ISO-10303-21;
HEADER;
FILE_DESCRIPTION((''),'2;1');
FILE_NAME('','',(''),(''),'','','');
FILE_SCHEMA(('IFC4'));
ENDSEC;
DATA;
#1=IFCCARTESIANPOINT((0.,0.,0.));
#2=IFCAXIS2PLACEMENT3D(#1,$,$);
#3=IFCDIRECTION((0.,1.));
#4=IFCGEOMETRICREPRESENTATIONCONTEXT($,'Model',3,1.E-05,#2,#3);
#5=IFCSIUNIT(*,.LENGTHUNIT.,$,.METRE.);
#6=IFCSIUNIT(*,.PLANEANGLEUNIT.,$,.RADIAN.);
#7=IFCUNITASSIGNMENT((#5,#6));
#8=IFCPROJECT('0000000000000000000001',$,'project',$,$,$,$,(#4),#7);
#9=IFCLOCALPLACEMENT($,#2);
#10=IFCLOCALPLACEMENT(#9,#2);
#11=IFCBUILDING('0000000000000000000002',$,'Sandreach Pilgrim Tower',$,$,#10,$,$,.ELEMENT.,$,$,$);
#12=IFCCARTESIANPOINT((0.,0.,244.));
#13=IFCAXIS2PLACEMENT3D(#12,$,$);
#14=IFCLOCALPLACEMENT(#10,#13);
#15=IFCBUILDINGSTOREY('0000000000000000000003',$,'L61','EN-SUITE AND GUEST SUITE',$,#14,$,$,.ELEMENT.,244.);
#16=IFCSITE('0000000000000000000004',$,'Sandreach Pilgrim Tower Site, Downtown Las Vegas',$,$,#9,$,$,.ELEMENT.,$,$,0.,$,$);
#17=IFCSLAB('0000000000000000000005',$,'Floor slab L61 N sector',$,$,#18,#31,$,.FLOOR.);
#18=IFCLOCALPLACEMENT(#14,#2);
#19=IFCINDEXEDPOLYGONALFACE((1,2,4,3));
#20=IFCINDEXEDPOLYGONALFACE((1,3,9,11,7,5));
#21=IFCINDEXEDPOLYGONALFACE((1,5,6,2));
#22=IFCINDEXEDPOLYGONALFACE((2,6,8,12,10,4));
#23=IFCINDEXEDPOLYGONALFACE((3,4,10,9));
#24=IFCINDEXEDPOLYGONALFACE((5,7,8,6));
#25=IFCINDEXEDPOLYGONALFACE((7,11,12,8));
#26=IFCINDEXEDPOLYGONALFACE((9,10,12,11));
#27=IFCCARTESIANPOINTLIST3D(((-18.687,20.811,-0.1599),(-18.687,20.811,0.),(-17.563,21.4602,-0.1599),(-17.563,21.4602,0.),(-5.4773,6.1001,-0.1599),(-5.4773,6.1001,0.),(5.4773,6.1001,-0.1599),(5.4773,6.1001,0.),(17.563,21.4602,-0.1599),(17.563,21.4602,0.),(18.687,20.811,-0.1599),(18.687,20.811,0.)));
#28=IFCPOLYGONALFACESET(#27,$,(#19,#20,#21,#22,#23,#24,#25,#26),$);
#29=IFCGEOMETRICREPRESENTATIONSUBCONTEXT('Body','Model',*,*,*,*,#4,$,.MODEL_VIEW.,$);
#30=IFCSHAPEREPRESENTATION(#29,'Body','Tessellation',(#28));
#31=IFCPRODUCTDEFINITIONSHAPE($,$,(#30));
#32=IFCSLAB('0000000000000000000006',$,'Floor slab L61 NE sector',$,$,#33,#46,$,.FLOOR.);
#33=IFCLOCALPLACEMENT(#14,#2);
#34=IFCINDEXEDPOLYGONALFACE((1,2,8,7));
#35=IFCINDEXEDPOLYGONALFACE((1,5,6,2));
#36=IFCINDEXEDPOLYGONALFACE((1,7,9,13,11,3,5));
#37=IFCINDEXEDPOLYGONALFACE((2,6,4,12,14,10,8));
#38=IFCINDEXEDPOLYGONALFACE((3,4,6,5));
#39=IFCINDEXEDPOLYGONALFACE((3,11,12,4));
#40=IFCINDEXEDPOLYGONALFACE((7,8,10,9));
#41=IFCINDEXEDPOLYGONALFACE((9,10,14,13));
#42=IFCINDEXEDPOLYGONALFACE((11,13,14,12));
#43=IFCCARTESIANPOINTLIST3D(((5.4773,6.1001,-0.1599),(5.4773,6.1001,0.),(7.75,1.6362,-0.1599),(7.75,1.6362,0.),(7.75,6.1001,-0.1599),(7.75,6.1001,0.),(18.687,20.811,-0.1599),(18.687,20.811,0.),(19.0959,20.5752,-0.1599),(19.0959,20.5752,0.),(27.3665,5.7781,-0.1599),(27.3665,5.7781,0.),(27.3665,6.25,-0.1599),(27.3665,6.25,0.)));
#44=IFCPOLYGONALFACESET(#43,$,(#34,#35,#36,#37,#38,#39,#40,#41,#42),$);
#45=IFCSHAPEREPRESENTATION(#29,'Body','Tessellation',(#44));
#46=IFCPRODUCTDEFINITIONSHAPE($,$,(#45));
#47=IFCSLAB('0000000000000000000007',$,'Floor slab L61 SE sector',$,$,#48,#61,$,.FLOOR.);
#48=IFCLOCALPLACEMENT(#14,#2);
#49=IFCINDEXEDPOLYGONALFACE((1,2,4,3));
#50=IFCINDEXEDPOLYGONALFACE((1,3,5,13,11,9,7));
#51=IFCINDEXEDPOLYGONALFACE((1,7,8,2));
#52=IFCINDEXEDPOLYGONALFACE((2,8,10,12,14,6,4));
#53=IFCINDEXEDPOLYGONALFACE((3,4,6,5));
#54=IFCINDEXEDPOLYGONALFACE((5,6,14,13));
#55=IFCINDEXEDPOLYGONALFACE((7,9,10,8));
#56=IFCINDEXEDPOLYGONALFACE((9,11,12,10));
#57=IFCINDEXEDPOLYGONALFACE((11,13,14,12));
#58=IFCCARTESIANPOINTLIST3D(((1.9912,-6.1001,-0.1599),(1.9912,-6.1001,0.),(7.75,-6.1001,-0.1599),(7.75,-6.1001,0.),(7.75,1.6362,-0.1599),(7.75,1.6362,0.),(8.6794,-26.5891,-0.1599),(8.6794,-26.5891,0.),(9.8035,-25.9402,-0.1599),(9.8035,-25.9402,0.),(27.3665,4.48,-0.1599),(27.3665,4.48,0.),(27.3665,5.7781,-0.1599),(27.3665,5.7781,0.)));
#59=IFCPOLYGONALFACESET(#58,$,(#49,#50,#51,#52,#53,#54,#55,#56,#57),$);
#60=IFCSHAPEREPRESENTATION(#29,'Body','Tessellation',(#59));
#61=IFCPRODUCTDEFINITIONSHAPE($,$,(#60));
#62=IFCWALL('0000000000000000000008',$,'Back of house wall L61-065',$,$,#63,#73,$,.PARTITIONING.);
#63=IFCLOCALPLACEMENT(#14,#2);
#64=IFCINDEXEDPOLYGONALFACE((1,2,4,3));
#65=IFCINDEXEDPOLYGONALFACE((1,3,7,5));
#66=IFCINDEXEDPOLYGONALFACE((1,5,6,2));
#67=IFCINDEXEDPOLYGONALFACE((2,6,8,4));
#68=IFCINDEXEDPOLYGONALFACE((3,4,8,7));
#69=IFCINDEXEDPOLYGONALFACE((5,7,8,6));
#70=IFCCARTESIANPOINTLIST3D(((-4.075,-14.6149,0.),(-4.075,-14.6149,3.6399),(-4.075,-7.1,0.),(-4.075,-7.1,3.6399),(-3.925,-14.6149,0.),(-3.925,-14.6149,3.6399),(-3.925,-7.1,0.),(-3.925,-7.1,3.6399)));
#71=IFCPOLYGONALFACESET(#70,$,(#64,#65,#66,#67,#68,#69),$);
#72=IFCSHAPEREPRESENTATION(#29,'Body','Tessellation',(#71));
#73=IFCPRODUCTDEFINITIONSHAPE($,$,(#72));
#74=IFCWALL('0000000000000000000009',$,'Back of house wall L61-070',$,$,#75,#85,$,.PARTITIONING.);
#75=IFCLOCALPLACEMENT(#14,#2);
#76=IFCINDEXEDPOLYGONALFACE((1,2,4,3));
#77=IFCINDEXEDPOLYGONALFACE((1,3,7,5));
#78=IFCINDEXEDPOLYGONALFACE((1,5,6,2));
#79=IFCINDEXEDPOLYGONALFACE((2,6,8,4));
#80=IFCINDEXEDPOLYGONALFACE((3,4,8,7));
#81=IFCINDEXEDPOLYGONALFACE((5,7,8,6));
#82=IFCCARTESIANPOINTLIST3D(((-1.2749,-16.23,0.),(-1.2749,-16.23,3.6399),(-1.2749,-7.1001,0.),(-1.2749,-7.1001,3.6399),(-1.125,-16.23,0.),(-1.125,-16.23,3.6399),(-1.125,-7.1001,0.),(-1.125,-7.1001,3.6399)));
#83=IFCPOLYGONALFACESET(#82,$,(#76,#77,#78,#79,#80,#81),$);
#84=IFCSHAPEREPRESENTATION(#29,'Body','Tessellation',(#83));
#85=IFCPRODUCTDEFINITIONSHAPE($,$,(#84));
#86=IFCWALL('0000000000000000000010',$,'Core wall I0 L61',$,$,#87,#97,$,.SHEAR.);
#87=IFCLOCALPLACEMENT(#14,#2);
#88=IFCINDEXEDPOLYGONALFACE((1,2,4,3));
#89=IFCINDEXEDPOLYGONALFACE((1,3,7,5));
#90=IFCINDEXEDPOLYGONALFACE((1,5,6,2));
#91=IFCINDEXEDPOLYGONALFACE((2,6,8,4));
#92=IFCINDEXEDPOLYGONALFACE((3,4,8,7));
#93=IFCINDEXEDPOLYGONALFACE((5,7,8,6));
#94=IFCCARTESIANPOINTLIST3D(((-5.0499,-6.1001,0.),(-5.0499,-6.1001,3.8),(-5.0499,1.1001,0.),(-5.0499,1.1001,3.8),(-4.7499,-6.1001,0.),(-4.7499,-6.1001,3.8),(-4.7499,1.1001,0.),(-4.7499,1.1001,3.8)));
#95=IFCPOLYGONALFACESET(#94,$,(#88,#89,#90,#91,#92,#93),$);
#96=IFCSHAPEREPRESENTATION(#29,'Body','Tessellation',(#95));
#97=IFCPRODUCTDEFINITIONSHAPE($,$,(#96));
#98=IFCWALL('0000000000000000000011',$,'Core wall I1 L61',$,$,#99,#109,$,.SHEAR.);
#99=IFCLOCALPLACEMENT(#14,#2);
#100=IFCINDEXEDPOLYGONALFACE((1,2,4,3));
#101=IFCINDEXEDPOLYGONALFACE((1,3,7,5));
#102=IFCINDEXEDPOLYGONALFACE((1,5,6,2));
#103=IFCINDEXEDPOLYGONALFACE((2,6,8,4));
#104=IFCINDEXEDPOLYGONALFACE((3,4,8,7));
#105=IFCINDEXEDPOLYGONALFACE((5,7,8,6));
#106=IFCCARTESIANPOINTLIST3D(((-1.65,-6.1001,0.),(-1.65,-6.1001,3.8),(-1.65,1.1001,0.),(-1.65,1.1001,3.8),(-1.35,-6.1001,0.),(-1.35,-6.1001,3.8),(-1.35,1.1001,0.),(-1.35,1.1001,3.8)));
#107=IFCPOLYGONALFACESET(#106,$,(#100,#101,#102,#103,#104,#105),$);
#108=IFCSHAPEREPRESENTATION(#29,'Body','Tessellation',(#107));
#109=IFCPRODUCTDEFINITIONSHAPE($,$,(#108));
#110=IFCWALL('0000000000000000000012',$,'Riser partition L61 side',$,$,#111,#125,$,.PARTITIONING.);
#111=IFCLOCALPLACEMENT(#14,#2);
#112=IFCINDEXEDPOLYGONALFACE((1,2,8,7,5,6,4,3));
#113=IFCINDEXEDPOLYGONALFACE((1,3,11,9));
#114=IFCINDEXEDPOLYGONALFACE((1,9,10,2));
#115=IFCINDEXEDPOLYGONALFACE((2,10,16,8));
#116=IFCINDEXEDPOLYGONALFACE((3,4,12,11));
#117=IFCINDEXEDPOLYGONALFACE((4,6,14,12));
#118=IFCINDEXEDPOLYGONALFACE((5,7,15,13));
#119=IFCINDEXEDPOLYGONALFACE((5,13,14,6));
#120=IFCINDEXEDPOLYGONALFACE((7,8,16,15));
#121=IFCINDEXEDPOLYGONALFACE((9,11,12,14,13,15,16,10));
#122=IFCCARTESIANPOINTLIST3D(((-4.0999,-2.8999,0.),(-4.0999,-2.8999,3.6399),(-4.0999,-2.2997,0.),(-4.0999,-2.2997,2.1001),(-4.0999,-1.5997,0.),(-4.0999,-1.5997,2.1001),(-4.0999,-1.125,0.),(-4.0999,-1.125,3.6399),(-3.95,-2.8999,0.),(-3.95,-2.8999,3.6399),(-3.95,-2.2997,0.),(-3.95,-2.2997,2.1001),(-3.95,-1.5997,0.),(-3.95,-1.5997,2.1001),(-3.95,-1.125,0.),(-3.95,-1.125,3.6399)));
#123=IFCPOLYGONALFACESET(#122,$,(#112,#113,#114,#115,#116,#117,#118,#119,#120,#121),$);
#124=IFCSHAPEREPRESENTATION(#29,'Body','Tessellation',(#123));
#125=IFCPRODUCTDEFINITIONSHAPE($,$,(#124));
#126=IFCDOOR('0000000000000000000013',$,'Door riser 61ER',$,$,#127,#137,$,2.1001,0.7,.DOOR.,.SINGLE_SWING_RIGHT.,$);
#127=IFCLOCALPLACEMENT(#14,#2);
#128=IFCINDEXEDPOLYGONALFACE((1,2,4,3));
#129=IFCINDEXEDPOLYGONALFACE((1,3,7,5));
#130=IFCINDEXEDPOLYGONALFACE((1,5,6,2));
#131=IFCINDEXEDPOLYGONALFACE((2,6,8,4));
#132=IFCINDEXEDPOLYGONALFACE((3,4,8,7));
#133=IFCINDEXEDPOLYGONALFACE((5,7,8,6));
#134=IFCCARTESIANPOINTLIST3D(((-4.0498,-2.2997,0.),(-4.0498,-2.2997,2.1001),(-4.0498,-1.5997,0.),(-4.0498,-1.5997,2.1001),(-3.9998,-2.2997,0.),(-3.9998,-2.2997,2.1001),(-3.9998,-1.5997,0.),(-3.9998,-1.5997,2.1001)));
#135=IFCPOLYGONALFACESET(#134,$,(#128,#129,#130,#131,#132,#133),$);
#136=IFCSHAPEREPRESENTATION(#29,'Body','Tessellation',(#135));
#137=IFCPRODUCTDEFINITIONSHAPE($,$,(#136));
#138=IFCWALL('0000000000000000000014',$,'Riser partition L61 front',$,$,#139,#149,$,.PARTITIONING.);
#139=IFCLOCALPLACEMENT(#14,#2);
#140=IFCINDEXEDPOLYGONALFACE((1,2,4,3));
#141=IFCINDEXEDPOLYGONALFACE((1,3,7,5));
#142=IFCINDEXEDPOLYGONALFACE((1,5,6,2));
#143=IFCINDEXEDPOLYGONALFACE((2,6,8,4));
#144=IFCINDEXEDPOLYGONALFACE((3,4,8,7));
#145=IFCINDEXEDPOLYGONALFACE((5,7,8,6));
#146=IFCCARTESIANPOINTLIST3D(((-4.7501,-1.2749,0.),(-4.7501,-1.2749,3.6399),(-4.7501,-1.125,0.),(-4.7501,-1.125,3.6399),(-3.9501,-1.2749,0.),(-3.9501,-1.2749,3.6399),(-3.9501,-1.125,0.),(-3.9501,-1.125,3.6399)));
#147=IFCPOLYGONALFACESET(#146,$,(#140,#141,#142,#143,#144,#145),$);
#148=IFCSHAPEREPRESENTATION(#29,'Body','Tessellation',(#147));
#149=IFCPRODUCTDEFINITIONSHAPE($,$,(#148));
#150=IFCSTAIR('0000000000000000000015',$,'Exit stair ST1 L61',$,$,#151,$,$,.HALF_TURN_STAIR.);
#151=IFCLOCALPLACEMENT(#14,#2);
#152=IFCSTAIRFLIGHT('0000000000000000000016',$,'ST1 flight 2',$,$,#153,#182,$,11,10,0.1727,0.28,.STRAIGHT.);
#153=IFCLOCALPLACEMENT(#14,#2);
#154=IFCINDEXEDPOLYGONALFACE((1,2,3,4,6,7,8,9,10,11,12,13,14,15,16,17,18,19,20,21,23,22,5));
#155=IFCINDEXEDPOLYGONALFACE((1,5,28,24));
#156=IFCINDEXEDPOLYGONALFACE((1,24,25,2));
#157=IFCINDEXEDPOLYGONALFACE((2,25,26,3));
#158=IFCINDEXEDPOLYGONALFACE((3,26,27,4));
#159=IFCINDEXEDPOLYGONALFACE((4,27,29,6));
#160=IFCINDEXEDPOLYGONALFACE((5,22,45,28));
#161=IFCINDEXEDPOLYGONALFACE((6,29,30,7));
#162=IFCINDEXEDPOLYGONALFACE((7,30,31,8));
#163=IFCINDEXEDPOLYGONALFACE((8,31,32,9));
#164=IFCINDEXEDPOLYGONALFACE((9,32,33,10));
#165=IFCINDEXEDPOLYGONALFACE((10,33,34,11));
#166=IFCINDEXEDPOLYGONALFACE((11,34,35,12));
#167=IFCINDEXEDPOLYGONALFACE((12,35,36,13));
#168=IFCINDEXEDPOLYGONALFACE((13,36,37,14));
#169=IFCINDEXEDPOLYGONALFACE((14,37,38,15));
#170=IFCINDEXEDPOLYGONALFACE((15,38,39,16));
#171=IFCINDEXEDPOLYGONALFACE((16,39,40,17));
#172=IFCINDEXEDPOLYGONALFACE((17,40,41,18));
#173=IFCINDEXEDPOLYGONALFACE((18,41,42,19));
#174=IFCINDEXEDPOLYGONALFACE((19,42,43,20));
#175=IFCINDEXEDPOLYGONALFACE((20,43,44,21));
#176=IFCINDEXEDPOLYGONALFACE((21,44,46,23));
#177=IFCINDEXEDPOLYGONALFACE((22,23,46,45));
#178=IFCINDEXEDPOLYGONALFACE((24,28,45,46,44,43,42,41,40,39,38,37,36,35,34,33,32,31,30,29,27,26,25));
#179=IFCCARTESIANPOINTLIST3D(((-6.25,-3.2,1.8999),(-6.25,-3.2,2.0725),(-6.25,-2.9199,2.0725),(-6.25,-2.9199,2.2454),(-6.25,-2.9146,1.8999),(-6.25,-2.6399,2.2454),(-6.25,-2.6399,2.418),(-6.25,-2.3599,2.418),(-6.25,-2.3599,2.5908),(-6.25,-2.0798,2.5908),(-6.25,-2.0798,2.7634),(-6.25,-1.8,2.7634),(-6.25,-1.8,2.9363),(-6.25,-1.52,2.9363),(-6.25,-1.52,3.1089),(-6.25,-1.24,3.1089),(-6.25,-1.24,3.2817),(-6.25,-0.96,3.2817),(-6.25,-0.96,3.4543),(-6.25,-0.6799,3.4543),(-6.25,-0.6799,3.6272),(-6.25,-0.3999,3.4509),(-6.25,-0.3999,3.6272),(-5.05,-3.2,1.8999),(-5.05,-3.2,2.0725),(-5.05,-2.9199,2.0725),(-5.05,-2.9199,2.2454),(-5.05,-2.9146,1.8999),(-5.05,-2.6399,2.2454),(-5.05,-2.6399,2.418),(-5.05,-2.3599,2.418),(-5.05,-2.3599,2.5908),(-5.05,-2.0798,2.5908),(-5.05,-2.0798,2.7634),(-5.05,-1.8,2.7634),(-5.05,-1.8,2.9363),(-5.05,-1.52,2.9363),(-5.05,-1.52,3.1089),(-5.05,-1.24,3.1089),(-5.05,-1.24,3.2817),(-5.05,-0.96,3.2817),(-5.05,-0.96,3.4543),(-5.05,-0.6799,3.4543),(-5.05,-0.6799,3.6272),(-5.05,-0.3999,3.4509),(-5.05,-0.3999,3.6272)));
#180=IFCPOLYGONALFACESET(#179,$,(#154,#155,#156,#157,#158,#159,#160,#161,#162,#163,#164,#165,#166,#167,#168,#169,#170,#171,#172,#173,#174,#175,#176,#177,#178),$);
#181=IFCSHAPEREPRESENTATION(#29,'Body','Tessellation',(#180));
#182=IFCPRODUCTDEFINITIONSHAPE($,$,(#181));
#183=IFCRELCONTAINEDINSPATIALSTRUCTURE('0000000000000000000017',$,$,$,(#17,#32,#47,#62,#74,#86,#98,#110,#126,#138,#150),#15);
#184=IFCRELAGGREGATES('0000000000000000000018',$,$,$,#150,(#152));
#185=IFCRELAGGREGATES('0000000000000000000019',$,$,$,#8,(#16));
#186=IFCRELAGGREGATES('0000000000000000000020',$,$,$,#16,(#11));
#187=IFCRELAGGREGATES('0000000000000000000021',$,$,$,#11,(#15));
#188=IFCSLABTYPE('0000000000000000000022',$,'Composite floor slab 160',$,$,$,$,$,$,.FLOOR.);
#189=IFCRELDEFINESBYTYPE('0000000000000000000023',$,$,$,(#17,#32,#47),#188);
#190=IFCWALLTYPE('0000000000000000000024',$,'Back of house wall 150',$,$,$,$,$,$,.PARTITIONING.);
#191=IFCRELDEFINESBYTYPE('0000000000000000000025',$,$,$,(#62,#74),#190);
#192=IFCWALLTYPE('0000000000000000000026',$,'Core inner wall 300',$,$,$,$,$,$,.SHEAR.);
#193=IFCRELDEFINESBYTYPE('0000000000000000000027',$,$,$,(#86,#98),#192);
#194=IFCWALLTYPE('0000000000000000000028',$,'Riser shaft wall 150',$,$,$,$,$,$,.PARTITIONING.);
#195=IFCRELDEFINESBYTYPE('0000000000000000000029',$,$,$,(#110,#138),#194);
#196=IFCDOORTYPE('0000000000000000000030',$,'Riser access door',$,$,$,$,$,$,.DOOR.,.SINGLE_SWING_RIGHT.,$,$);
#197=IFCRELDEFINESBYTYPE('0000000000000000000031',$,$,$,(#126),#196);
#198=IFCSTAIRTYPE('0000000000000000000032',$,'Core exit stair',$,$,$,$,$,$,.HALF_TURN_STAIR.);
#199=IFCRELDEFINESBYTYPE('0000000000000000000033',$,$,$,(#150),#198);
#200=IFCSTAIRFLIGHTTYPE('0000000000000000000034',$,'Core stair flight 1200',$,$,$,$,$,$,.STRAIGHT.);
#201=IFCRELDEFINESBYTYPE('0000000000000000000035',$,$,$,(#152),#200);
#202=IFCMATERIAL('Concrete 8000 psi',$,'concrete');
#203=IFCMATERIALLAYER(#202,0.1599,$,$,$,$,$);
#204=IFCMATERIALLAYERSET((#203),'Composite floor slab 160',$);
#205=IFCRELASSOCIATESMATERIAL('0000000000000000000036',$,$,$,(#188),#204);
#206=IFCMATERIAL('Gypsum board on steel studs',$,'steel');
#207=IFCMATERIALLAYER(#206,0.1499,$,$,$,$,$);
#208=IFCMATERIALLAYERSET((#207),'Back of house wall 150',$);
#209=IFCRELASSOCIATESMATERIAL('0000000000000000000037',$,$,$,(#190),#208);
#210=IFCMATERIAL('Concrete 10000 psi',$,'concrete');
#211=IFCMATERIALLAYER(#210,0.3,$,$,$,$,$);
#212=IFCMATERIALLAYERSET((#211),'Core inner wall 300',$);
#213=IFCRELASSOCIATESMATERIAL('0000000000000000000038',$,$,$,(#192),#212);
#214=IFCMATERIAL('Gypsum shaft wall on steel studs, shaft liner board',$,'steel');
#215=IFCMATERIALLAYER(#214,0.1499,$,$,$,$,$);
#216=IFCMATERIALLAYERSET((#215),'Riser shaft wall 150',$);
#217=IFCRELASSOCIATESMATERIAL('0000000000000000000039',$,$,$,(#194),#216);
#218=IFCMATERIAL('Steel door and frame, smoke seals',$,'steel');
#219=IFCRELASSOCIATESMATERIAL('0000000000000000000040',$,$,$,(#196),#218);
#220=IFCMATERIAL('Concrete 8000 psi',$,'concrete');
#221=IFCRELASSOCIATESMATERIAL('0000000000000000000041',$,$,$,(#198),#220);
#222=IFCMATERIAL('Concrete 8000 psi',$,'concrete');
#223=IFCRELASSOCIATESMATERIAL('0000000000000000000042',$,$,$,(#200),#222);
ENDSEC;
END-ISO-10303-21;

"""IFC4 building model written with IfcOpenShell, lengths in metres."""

from ifc_helpers import new_model, si_unit, direction, frame, frame_2d, origin, place, context, subcontext, project, spatial, polyline, rectangle, outline, extrude, material, layer, layer_set, type_object, element, fill, aggregate, save


model = new_model("IFC4")

# Units and contexts
model_context = context("Model", 3, precision=1e-05, world=origin(), true_north=direction((0.0, 1.0)))
body_context = subcontext(model_context, "Body", "Model", "MODEL_VIEW")
ifc_project = project(units=[si_unit("LENGTHUNIT", "METRE"), si_unit("PLANEANGLEUNIT", "RADIAN")], contexts=[model_context])

# Site, building, storey
site_placement = place(None, origin())
site = spatial("IfcSite", under=ifc_project, at=site_placement, Name="Sandreach Pilgrim Tower Site, Downtown Las Vegas", CompositionType="ELEMENT", RefElevation=0.0)
building_placement = place(site_placement, origin())
building = spatial("IfcBuilding", under=site, at=building_placement, Name="Sandreach Pilgrim Tower", CompositionType="ELEMENT")
storey_placement = place(building_placement, frame((0.0, 0.0, 244.0)))
storey = spatial("IfcBuildingStorey", under=building, at=storey_placement, Name="L61", Description="EN-SUITE AND GUEST SUITE", CompositionType="ELEMENT", Elevation=244.0)

# Slabs
ifc_material_1 = material(Name="Concrete 8000 psi", Category="concrete")
ifc_layer_1 = layer(ifc_material_1, 0.1599)
ifc_layer_set_1 = layer_set([ifc_layer_1], Name="Composite floor slab 160")
slab_type = type_object("IfcSlabType", Name="Composite floor slab 160", PredefinedType="FLOOR", material=ifc_layer_set_1)
slab_1_placement = place(storey_placement, frame((0.0, 0.0, -0.1599)))
element("IfcSlab", 1, at=slab_1_placement, inside=storey, type_object=slab_type, Name="Floor slab L61 N sector", PredefinedType="FLOOR", context=body_context, shape_type="SweptSolid", body=[
    extrude(outline(polyline([(-17.563, 21.4602), (17.563, 21.4602), (18.687, 20.811), (5.4773, 6.1001), (-5.4773, 6.1001), (-18.687, 20.811), (-17.563, 21.4602)])), origin(), (0.0, 0.0, 1.0), 0.1599),
])
slab_2_placement = place(storey_placement, frame((0.0, 0.0, -0.1599)))
element("IfcSlab", 2, at=slab_2_placement, inside=storey, type_object=slab_type, Name="Floor slab L61 NE sector", PredefinedType="FLOOR", context=body_context, shape_type="SweptSolid", body=[
    extrude(outline(polyline([(19.0959, 20.5752), (27.3665, 6.25), (27.3665, 5.7781), (7.75, 1.6362), (7.75, 6.1001), (5.4773, 6.1001), (18.687, 20.811), (19.0959, 20.5752)])), origin(), (0.0, 0.0, 1.0), 0.1599),
])
slab_3_placement = place(storey_placement, frame((0.0, 0.0, -0.1599)))
element("IfcSlab", 3, at=slab_3_placement, inside=storey, type_object=slab_type, Name="Floor slab L61 SE sector", PredefinedType="FLOOR", context=body_context, shape_type="SweptSolid", body=[
    extrude(outline(polyline([(27.3665, 4.48), (9.8035, -25.9402), (8.6794, -26.5891), (1.9912, -6.1001), (7.75, -6.1001), (7.75, 1.6362), (27.3665, 5.7781), (27.3665, 4.48)])), origin(), (0.0, 0.0, 1.0), 0.1599),
])

# Walls
ifc_material_2 = material(Name="Gypsum board on steel studs", Category="steel")
ifc_layer_2 = layer(ifc_material_2, 0.1499)
ifc_layer_set_2 = layer_set([ifc_layer_2], Name="Back of house wall 150")
wall_type_1 = type_object("IfcWallType", Name="Back of house wall 150", PredefinedType="PARTITIONING", material=ifc_layer_set_2)
wall_1_placement = place(storey_placement, frame((-4.0, -7.1001, 0.0), z_axis=(0.0, 0.0, 1.0), x_axis=(0.0, -1.0, 0.0)))
element("IfcWall", 4, at=wall_1_placement, inside=storey, type_object=wall_type_1, Name="Back of house wall L61-065", PredefinedType="PARTITIONING", context=body_context, shape_type="SweptSolid", body=[
    extrude(rectangle(XDim=7.5149, YDim=0.1499, at=frame_2d((3.7573, 0.0))), origin(), (0.0, 0.0, 1.0), 3.6399),
])
wall_2_placement = place(storey_placement, frame((-1.2, -7.1001, 0.0), z_axis=(0.0, 0.0, 1.0), x_axis=(0.0, -1.0, 0.0)))
element("IfcWall", 5, at=wall_2_placement, inside=storey, type_object=wall_type_1, Name="Back of house wall L61-070", PredefinedType="PARTITIONING", context=body_context, shape_type="SweptSolid", body=[
    extrude(rectangle(XDim=9.1299, YDim=0.1499, at=frame_2d((4.5649, 0.0))), origin(), (0.0, 0.0, 1.0), 3.6399),
])
ifc_material_3 = material(Name="Concrete 10000 psi", Category="concrete")
ifc_layer_3 = layer(ifc_material_3, 0.3)
ifc_layer_set_3 = layer_set([ifc_layer_3], Name="Core inner wall 300")
wall_type_2 = type_object("IfcWallType", Name="Core inner wall 300", PredefinedType="SHEAR", material=ifc_layer_set_3)
for number, where, z_axis, x_axis, name in (
    (6, (-4.8999, -6.1001, 0.0), (0.0, 0.0, 1.0), (0.0, 1.0, 0.0), "Core wall I0 L61"),
    (7, (-1.5, -6.1001, 0.0), (0.0, 0.0, 1.0), (0.0, 1.0, 0.0), "Core wall I1 L61"),
):
    element("IfcWall", number, at=place(storey_placement, frame(where, z_axis=z_axis, x_axis=x_axis)), inside=storey, type_object=wall_type_2, Name=name, PredefinedType="SHEAR", context=body_context, shape_type="SweptSolid", body=[
        extrude(rectangle(XDim=7.2002, YDim=0.3, at=frame_2d((3.6001, 0.0))), origin(), (0.0, 0.0, 1.0), 3.8),
    ])

# Wall, opening, door
ifc_material_4 = material(Name="Gypsum shaft wall on steel studs, shaft liner board", Category="steel")
ifc_layer_4 = layer(ifc_material_4, 0.1499)
ifc_layer_set_4 = layer_set([ifc_layer_4], Name="Riser shaft wall 150")
wall_type_3 = type_object("IfcWallType", Name="Riser shaft wall 150", PredefinedType="PARTITIONING", material=ifc_layer_set_4)
wall_3_placement = place(storey_placement, frame((-4.0249, -2.8999, 0.0), z_axis=(0.0, 0.0, 1.0), x_axis=(0.0, 1.0, 0.0)))
wall_3 = element("IfcWall", 8, at=wall_3_placement, inside=storey, type_object=wall_type_3, Name="Riser partition L61 side", PredefinedType="PARTITIONING", context=body_context, shape_type="SweptSolid", body=[
    extrude(rectangle(XDim=1.7749, YDim=0.1499, at=frame_2d((0.8875, 0.0))), origin(), (0.0, 0.0, 1.0), 3.6399),
])
opening_1_placement = place(wall_3_placement, frame((0.6001, 0.0, 0.0)))
opening_1 = element("IfcOpeningElement", 9, at=opening_1_placement, cuts=wall_3, PredefinedType="OPENING", context=body_context, shape_type="SweptSolid", body=[
    extrude(rectangle(XDim=0.7, YDim=2.1001, at=frame_2d((0.3501, 1.05))), frame((0.0, 0.075, 0.0), z_axis=(0.0, -1.0, 0.0), x_axis=(1.0, 0.0, 0.0)), (0.0, 0.0, 1.0), 0.1499),
])
ifc_material_5 = material(Name="Steel door and frame, smoke seals", Category="steel")
door_type_1 = type_object("IfcDoorType", Name="Riser access door", OperationType="SINGLE_SWING_RIGHT", PredefinedType="DOOR", material=ifc_material_5)
door_1_placement = place(opening_1_placement, origin())
door_1 = element("IfcDoor", 10, at=door_1_placement, inside=storey, type_object=door_type_1, Name="Door riser 61ER", OperationType="SINGLE_SWING_RIGHT", OverallHeight=2.1001, OverallWidth=0.7, PredefinedType="DOOR", context=body_context, shape_type="SweptSolid", body=[
    extrude(rectangle(XDim=0.7, YDim=2.1001, at=frame_2d((0.3501, 1.05))), frame((0.0, 0.0249, 0.0), z_axis=(0.0, -1.0, 0.0), x_axis=(1.0, 0.0, 0.0)), (0.0, 0.0, 1.0), 0.05),
])
fill(opening_1, door_1)

# Wall
wall_4_placement = place(storey_placement, frame((-4.75, -1.2, 0.0), z_axis=(0.0, 0.0, 1.0), x_axis=(1.0, 0.0, 0.0)))
element("IfcWall", 11, at=wall_4_placement, inside=storey, type_object=wall_type_3, Name="Riser partition L61 front", PredefinedType="PARTITIONING", context=body_context, shape_type="SweptSolid", body=[
    extrude(rectangle(XDim=0.8, YDim=0.1499, at=frame_2d((0.3999, 0.0))), origin(), (0.0, 0.0, 1.0), 3.6399),
])

# Stair, stair flight
ifc_material_6 = material(Name="Concrete 8000 psi", Category="concrete")
stair_type = type_object("IfcStairType", Name="Core exit stair", PredefinedType="HALF_TURN_STAIR", material=ifc_material_6)
stair_1_placement = place(storey_placement, origin())
stair_1 = element("IfcStair", 12, at=stair_1_placement, inside=storey, type_object=stair_type, Name="Exit stair ST1 L61", PredefinedType="HALF_TURN_STAIR")
ifc_material_7 = material(Name="Concrete 8000 psi", Category="concrete")
stair_flight_type = type_object("IfcStairFlightType", Name="Core stair flight 1200", PredefinedType="STRAIGHT", material=ifc_material_7)
stair_flight_1_placement = place(storey_placement, frame((-5.6499, -3.2, 1.8999), z_axis=(0.0, 0.0, 1.0), x_axis=(0.0, 1.0, 0.0)))
stair_flight_1 = element("IfcStairFlight", 13, at=stair_flight_1_placement, type_object=stair_flight_type, Name="ST1 flight 2", NumberOfRisers=11, NumberOfTreads=10, PredefinedType="STRAIGHT", RiserHeight=0.1727, TreadLength=0.28, context=body_context, shape_type="SweptSolid", body=[
    extrude(outline(polyline([(0.0, 0.0), (0.0, 0.1726), (0.28, 0.1726), (0.28, 0.3455), (0.5601, 0.3455), (0.5601, 0.5181), (0.8401, 0.5181), (0.8401, 0.6909), (1.1201, 0.6909), (1.1201, 0.8635), (1.3999, 0.8635), (1.3999, 1.0364), (1.6799, 1.0364), (1.6799, 1.209), (1.96, 1.209), (1.96, 1.3818), (2.24, 1.3818), (2.24, 1.5544), (2.52, 1.5544), (2.52, 1.7273), (2.8, 1.7273), (2.8, 1.8999), (2.8, 1.551), (0.2854, 0.0), (0.0, 0.0)])), frame((0.0, 0.6001, 0.0), z_axis=(0.0, -1.0, 0.0), x_axis=(1.0, 0.0, 0.0)), (0.0, 0.0, 1.0), 1.2),
])
aggregate(stair_1, [stair_flight_1])

save(model, "model.ifc")
